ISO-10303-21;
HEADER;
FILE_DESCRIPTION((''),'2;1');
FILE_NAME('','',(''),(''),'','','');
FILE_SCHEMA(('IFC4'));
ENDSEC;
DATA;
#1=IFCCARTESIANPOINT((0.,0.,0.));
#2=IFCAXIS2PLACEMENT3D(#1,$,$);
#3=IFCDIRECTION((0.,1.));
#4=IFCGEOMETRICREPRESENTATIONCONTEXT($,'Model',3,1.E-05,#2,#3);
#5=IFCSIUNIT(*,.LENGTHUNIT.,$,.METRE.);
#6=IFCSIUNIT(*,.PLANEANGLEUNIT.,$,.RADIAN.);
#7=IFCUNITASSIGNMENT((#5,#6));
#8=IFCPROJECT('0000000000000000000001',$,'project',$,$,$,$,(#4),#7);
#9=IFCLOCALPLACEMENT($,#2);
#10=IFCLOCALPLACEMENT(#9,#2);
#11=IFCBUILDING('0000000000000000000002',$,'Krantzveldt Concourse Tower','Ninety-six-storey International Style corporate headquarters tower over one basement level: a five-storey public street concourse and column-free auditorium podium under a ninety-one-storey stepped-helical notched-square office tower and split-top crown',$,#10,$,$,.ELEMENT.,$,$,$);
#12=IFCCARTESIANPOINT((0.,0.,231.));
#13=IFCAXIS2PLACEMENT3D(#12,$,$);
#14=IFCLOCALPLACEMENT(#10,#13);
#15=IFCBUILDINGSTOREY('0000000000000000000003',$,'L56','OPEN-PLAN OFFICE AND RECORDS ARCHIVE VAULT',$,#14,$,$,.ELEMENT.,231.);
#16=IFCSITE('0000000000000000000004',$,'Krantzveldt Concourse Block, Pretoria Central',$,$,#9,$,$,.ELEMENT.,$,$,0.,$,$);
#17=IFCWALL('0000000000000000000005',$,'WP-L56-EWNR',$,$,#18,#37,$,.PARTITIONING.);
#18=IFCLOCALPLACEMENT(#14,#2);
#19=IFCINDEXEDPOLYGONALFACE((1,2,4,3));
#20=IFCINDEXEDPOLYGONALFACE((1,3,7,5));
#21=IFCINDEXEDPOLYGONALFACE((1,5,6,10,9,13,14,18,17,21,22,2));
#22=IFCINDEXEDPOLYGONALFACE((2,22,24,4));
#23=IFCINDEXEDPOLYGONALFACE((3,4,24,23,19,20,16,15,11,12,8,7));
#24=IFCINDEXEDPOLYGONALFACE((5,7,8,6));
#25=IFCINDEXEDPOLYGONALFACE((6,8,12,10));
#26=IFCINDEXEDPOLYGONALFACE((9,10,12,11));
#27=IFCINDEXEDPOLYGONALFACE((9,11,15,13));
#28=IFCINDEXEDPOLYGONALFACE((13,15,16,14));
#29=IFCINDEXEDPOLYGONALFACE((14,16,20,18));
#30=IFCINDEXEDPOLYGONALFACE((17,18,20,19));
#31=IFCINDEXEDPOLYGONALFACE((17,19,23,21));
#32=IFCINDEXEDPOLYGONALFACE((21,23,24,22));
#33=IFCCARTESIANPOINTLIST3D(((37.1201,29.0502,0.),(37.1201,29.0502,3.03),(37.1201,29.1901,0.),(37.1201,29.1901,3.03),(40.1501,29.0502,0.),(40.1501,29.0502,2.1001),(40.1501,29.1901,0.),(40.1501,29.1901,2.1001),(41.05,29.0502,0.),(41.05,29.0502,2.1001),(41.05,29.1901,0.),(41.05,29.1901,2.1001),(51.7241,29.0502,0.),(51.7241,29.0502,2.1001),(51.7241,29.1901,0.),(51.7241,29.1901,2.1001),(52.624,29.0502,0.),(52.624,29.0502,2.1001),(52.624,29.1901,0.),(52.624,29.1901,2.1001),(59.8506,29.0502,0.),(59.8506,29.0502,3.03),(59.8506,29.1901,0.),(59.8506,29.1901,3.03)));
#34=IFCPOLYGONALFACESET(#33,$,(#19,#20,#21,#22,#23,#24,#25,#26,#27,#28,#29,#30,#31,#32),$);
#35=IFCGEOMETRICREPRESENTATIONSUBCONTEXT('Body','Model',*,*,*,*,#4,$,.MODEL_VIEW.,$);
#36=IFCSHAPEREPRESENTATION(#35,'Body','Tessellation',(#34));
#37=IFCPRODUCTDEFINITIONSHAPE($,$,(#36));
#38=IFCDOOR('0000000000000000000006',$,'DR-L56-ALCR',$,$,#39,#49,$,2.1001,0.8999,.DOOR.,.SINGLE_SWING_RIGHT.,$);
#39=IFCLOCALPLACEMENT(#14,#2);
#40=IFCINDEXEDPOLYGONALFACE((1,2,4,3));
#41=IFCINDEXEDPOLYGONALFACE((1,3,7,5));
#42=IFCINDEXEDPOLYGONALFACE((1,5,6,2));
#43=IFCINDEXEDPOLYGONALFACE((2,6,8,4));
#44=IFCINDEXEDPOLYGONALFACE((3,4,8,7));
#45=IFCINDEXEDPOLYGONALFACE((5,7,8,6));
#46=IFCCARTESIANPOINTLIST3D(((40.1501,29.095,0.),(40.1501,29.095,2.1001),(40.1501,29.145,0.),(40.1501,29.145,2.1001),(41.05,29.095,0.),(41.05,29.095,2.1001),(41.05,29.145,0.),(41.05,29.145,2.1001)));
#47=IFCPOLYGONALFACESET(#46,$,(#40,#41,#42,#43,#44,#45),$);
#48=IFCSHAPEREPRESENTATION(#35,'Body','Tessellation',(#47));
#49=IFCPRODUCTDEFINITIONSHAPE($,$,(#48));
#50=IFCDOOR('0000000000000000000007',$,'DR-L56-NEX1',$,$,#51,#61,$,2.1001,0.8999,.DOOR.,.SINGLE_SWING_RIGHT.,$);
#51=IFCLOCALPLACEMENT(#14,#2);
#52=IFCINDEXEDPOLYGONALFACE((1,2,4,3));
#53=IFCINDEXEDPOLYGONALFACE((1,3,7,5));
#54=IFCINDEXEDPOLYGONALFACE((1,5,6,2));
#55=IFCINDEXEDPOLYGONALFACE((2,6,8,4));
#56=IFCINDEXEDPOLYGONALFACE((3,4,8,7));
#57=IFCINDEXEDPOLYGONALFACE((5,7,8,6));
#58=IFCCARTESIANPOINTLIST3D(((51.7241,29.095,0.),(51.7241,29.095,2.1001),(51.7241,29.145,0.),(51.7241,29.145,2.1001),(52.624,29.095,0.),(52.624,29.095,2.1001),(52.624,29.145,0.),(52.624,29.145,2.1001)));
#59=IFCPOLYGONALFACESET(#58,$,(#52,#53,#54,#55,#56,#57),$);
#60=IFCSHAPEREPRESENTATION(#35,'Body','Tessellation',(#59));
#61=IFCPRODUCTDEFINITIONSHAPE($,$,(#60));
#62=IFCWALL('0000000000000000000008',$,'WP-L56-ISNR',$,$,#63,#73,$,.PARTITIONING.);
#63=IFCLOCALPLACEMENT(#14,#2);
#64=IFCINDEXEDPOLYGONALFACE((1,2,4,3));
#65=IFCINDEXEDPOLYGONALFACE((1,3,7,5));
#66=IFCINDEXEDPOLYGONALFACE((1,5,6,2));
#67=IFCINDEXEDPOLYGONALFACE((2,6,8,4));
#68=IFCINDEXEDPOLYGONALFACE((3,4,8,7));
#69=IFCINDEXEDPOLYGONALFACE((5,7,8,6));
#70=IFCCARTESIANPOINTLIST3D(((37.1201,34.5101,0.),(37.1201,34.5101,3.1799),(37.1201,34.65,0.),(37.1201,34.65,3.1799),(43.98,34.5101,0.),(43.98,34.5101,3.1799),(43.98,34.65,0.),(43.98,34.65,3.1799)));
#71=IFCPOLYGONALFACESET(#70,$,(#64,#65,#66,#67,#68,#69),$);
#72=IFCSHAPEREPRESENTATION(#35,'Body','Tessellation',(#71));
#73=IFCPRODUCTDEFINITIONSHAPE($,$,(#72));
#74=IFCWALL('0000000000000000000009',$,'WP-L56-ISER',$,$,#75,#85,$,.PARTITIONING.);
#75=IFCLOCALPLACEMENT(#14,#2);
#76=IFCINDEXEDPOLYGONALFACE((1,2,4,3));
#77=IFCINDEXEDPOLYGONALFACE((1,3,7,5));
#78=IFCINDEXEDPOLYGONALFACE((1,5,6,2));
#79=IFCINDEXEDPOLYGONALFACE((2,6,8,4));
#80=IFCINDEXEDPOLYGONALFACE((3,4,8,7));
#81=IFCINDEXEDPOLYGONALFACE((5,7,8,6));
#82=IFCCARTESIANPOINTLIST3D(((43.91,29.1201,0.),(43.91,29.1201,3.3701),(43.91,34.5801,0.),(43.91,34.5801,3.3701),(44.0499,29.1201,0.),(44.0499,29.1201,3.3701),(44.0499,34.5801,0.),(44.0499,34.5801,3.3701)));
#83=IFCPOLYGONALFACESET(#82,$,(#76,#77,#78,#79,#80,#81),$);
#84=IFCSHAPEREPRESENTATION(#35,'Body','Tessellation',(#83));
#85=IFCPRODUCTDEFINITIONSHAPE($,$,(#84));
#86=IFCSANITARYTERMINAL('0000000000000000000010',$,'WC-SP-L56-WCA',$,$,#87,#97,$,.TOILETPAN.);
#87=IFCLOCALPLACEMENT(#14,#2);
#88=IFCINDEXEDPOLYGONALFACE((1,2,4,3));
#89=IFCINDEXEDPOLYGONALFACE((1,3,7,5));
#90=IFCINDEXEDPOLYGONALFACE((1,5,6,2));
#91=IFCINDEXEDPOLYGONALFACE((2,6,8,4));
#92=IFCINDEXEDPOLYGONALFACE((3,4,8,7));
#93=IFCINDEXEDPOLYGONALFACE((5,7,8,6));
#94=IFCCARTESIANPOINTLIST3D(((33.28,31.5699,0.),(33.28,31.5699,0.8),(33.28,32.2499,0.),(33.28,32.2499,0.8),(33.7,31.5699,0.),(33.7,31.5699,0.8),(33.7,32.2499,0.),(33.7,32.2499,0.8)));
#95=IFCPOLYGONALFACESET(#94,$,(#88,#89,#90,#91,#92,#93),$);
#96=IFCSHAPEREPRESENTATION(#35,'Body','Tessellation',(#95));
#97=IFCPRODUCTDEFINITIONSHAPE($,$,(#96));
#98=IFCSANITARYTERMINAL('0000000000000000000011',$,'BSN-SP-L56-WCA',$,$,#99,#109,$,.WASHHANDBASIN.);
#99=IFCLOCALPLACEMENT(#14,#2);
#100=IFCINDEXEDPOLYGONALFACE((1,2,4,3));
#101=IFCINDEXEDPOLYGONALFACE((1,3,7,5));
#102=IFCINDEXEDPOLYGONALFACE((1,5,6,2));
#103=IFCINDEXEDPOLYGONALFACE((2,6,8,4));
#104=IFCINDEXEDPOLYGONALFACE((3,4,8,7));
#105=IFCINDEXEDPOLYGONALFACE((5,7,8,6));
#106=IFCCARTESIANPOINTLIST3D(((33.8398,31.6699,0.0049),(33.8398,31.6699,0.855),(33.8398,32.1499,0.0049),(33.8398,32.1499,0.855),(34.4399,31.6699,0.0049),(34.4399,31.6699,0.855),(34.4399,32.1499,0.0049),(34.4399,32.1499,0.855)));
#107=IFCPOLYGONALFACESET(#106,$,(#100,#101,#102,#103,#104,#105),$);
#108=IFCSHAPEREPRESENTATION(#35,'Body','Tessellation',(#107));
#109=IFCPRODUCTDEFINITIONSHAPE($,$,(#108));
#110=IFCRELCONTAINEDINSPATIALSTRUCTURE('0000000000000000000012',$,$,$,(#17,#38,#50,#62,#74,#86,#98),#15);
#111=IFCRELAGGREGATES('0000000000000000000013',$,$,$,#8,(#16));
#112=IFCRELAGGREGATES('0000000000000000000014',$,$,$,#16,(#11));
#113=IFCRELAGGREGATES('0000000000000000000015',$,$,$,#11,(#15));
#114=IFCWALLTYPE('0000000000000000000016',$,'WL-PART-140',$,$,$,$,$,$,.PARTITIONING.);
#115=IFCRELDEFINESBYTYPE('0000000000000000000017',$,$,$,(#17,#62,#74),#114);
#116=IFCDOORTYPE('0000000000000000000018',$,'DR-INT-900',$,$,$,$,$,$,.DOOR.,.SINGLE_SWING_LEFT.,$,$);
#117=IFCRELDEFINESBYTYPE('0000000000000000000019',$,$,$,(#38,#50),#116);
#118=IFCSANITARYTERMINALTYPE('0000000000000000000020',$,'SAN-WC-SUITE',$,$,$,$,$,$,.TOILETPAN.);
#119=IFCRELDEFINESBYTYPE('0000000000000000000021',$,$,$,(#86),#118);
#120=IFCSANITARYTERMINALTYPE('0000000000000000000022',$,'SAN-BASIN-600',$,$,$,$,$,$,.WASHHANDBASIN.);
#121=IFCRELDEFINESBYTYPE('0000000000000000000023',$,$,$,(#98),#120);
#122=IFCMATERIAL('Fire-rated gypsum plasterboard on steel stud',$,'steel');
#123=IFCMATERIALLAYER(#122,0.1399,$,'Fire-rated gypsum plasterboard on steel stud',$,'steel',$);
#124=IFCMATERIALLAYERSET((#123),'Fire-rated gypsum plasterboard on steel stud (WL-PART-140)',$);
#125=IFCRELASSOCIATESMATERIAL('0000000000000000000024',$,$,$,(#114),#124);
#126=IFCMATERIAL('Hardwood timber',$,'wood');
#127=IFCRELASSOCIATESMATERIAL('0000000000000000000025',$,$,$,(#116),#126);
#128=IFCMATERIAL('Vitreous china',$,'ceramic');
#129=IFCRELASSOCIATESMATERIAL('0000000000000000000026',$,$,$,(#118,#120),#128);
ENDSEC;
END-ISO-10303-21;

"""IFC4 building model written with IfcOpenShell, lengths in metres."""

from ifc_helpers import new_model, si_unit, direction, frame, frame_2d, origin, origin_2d, place, context, subcontext, project, spatial, rectangle, extrude, source, transform, mapped, material, layer, layer_set, type_object, type_shapes, element, fill, save


model = new_model("IFC4")

# Units and contexts
model_context = context("Model", 3, precision=1e-05, world=origin(), true_north=direction((0.0, 1.0)))
body_context = subcontext(model_context, "Body", "Model", "MODEL_VIEW")
ifc_project = project(units=[si_unit("LENGTHUNIT", "METRE"), si_unit("PLANEANGLEUNIT", "RADIAN")], contexts=[model_context])

# Site, building, storey
site_placement = place(None, origin())
site = spatial("IfcSite", under=ifc_project, at=site_placement, Name="Krantzveldt Concourse Block, Pretoria Central", CompositionType="ELEMENT", RefElevation=0.0)
building_placement = place(site_placement, origin())
building = spatial("IfcBuilding", under=site, at=building_placement, Name="Krantzveldt Concourse Tower", Description="Ninety-six-storey International Style corporate headquarters tower over one basement level: a five-storey public street concourse and column-free auditorium podium under a ninety-one-storey stepped-helical notched-square office tower and split-top crown", CompositionType="ELEMENT")
storey_placement = place(building_placement, frame((0.0, 0.0, 231.0)))
storey = spatial("IfcBuildingStorey", under=building, at=storey_placement, Name="L56", Description="OPEN-PLAN OFFICE AND RECORDS ARCHIVE VAULT", CompositionType="ELEMENT", Elevation=231.0)

# Shared definitions
ifc_material_1 = material(Name="Fire-rated gypsum plasterboard on steel stud", Category="steel")

# Wall, openings, doors
ifc_layer_1 = layer(ifc_material_1, 0.1399, Name="Fire-rated gypsum plasterboard on steel stud", Category="steel")
ifc_layer_set_1 = layer_set([ifc_layer_1], Name="Fire-rated gypsum plasterboard on steel stud (WL-PART-140)")
wall_type_1 = type_object("IfcWallType", Name="WL-PART-140", PredefinedType="PARTITIONING", material=ifc_layer_set_1)
ifc_material_2 = material(Name="Hardwood timber", Category="wood")
door_type_1 = type_object("IfcDoorType", Name="DR-INT-900", OperationType="SINGLE_SWING_LEFT", PredefinedType="DOOR", material=ifc_material_2)
wall_1_placement = place(storey_placement, frame((37.1201, 29.1201, 0.0), z_axis=(0.0, 0.0, 1.0), x_axis=(1.0, 0.0, 0.0)))
wall_1 = element("IfcWall", 1, at=wall_1_placement, inside=storey, type_object=wall_type_1, Name="WP-L56-EWNR", PredefinedType="PARTITIONING", context=body_context, shape_type="SweptSolid", body=[
    extrude(rectangle(XDim=22.7305, YDim=0.1399, at=frame_2d((11.3652, 0.0))), origin(), (0.0, 0.0, 1.0), 3.03),
])
opening_1_placement = place(wall_1_placement, frame((3.03, 0.0, 0.0)))
opening_1 = element("IfcOpeningElement", 2, at=opening_1_placement, cuts=wall_1, PredefinedType="OPENING", context=body_context, shape_type="SweptSolid", body=[
    extrude(rectangle(XDim=0.8999, YDim=2.1001, at=frame_2d((0.45, 1.05))), frame((0.0, 0.0801, 0.0), z_axis=(0.0, -1.0, 0.0), x_axis=(1.0, 0.0, 0.0)), (0.0, 0.0, 1.0), 0.1599),
])
opening_2_placement = place(wall_1_placement, frame((14.604, 0.0, 0.0)))
opening_2 = element("IfcOpeningElement", 3, at=opening_2_placement, cuts=wall_1, PredefinedType="OPENING", context=body_context, shape_type="SweptSolid", body=[
    extrude(rectangle(XDim=0.8999, YDim=2.1001, at=frame_2d((0.45, 1.05))), frame((0.0, 0.0801, 0.0), z_axis=(0.0, -1.0, 0.0), x_axis=(1.0, 0.0, 0.0)), (0.0, 0.0, 1.0), 0.1599),
])
door_1_placement = place(opening_1_placement, origin())
door_1 = element("IfcDoor", 4, at=door_1_placement, inside=storey, type_object=door_type_1, Name="DR-L56-ALCR", OperationType="SINGLE_SWING_RIGHT", OverallHeight=2.1001, OverallWidth=0.8999, PredefinedType="DOOR", context=body_context, shape_type="SweptSolid", body=[
    extrude(rectangle(XDim=0.8999, YDim=2.1001, at=frame_2d((0.45, 1.05))), frame((0.0, 0.0249, 0.0), z_axis=(0.0, -1.0, 0.0), x_axis=(1.0, 0.0, 0.0)), (0.0, 0.0, 1.0), 0.05),
])
fill(opening_1, door_1)
door_2_placement = place(opening_2_placement, origin())
door_2 = element("IfcDoor", 5, at=door_2_placement, inside=storey, type_object=door_type_1, Name="DR-L56-NEX1", OperationType="SINGLE_SWING_RIGHT", OverallHeight=2.1001, OverallWidth=0.8999, PredefinedType="DOOR", context=body_context, shape_type="SweptSolid", body=[
    extrude(rectangle(XDim=0.8999, YDim=2.1001, at=frame_2d((0.45, 1.05))), frame((0.0, 0.0249, 0.0), z_axis=(0.0, -1.0, 0.0), x_axis=(1.0, 0.0, 0.0)), (0.0, 0.0, 1.0), 0.05),
])
fill(opening_2, door_2)

# Walls
wall_2_placement = place(storey_placement, frame((37.1201, 34.5801, 0.0), z_axis=(0.0, 0.0, 1.0), x_axis=(1.0, 0.0, 0.0)))
element("IfcWall", 6, at=wall_2_placement, inside=storey, type_object=wall_type_1, Name="WP-L56-ISNR", PredefinedType="PARTITIONING", context=body_context, shape_type="SweptSolid", body=[
    extrude(rectangle(XDim=6.8599, YDim=0.1399, at=frame_2d((3.4299, 0.0))), origin(), (0.0, 0.0, 1.0), 3.1799),
])
wall_3_placement = place(storey_placement, frame((43.98, 29.1201, 0.0), z_axis=(0.0, 0.0, 1.0), x_axis=(0.0, 1.0, 0.0)))
element("IfcWall", 7, at=wall_3_placement, inside=storey, type_object=wall_type_1, Name="WP-L56-ISER", PredefinedType="PARTITIONING", context=body_context, shape_type="SweptSolid", body=[
    extrude(rectangle(XDim=5.46, YDim=0.1399, at=frame_2d((2.73, 0.0))), origin(), (0.0, 0.0, 1.0), 3.3701),
])

# Sanitary terminals
ifc_material_3 = material(Name="Vitreous china", Category="ceramic")
sanitary_terminal_type_1 = type_object("IfcSanitaryTerminalType", Name="SAN-WC-SUITE", PredefinedType="TOILETPAN", material=ifc_material_3)
shared_shape_1 = source(origin(), body_context, "Body", "SweptSolid", [
    extrude(rectangle(XDim=0.4199, YDim=0.6799, at=origin_2d()), origin(), (0.0, 0.0, 1.0), 0.8),
])
type_shapes(sanitary_terminal_type_1, [shared_shape_1])
sanitary_terminal_1_placement = place(storey_placement, frame((33.49, 31.9099, 0.0), z_axis=(0.0, 0.0, 1.0), x_axis=(1.0, 0.0, 0.0)))
element("IfcSanitaryTerminal", 8, at=sanitary_terminal_1_placement, inside=storey, type_object=sanitary_terminal_type_1, Name="WC-SP-L56-WCA", PredefinedType="TOILETPAN", context=body_context, shape_type="MappedRepresentation", body=[
    mapped(shared_shape_1, transform((0.0, 0.0, 0.0), x_axis=(1.0, 0.0, 0.0), y_axis=(0.0, 1.0, 0.0), z_axis=(0.0, 0.0, 1.0), scale=1.0)),
])
sanitary_terminal_type_2 = type_object("IfcSanitaryTerminalType", Name="SAN-BASIN-600", PredefinedType="WASHHANDBASIN", material=ifc_material_3)
shared_shape_2 = source(origin(), body_context, "Body", "SweptSolid", [
    extrude(rectangle(XDim=0.6001, YDim=0.48, at=origin_2d()), origin(), (0.0, 0.0, 1.0), 0.8501),
])
type_shapes(sanitary_terminal_type_2, [shared_shape_2])
sanitary_terminal_2_placement = place(storey_placement, frame((34.1399, 31.9099, 0.0049), z_axis=(0.0, 0.0, 1.0), x_axis=(1.0, 0.0, 0.0)))
element("IfcSanitaryTerminal", 9, at=sanitary_terminal_2_placement, inside=storey, type_object=sanitary_terminal_type_2, Name="BSN-SP-L56-WCA", PredefinedType="WASHHANDBASIN", context=body_context, shape_type="MappedRepresentation", body=[
    mapped(shared_shape_2, transform((0.0, 0.0, 0.0), x_axis=(1.0, 0.0, 0.0), y_axis=(0.0, 1.0, 0.0), z_axis=(0.0, 0.0, 1.0), scale=1.0)),
])

save(model, "model.ifc")
